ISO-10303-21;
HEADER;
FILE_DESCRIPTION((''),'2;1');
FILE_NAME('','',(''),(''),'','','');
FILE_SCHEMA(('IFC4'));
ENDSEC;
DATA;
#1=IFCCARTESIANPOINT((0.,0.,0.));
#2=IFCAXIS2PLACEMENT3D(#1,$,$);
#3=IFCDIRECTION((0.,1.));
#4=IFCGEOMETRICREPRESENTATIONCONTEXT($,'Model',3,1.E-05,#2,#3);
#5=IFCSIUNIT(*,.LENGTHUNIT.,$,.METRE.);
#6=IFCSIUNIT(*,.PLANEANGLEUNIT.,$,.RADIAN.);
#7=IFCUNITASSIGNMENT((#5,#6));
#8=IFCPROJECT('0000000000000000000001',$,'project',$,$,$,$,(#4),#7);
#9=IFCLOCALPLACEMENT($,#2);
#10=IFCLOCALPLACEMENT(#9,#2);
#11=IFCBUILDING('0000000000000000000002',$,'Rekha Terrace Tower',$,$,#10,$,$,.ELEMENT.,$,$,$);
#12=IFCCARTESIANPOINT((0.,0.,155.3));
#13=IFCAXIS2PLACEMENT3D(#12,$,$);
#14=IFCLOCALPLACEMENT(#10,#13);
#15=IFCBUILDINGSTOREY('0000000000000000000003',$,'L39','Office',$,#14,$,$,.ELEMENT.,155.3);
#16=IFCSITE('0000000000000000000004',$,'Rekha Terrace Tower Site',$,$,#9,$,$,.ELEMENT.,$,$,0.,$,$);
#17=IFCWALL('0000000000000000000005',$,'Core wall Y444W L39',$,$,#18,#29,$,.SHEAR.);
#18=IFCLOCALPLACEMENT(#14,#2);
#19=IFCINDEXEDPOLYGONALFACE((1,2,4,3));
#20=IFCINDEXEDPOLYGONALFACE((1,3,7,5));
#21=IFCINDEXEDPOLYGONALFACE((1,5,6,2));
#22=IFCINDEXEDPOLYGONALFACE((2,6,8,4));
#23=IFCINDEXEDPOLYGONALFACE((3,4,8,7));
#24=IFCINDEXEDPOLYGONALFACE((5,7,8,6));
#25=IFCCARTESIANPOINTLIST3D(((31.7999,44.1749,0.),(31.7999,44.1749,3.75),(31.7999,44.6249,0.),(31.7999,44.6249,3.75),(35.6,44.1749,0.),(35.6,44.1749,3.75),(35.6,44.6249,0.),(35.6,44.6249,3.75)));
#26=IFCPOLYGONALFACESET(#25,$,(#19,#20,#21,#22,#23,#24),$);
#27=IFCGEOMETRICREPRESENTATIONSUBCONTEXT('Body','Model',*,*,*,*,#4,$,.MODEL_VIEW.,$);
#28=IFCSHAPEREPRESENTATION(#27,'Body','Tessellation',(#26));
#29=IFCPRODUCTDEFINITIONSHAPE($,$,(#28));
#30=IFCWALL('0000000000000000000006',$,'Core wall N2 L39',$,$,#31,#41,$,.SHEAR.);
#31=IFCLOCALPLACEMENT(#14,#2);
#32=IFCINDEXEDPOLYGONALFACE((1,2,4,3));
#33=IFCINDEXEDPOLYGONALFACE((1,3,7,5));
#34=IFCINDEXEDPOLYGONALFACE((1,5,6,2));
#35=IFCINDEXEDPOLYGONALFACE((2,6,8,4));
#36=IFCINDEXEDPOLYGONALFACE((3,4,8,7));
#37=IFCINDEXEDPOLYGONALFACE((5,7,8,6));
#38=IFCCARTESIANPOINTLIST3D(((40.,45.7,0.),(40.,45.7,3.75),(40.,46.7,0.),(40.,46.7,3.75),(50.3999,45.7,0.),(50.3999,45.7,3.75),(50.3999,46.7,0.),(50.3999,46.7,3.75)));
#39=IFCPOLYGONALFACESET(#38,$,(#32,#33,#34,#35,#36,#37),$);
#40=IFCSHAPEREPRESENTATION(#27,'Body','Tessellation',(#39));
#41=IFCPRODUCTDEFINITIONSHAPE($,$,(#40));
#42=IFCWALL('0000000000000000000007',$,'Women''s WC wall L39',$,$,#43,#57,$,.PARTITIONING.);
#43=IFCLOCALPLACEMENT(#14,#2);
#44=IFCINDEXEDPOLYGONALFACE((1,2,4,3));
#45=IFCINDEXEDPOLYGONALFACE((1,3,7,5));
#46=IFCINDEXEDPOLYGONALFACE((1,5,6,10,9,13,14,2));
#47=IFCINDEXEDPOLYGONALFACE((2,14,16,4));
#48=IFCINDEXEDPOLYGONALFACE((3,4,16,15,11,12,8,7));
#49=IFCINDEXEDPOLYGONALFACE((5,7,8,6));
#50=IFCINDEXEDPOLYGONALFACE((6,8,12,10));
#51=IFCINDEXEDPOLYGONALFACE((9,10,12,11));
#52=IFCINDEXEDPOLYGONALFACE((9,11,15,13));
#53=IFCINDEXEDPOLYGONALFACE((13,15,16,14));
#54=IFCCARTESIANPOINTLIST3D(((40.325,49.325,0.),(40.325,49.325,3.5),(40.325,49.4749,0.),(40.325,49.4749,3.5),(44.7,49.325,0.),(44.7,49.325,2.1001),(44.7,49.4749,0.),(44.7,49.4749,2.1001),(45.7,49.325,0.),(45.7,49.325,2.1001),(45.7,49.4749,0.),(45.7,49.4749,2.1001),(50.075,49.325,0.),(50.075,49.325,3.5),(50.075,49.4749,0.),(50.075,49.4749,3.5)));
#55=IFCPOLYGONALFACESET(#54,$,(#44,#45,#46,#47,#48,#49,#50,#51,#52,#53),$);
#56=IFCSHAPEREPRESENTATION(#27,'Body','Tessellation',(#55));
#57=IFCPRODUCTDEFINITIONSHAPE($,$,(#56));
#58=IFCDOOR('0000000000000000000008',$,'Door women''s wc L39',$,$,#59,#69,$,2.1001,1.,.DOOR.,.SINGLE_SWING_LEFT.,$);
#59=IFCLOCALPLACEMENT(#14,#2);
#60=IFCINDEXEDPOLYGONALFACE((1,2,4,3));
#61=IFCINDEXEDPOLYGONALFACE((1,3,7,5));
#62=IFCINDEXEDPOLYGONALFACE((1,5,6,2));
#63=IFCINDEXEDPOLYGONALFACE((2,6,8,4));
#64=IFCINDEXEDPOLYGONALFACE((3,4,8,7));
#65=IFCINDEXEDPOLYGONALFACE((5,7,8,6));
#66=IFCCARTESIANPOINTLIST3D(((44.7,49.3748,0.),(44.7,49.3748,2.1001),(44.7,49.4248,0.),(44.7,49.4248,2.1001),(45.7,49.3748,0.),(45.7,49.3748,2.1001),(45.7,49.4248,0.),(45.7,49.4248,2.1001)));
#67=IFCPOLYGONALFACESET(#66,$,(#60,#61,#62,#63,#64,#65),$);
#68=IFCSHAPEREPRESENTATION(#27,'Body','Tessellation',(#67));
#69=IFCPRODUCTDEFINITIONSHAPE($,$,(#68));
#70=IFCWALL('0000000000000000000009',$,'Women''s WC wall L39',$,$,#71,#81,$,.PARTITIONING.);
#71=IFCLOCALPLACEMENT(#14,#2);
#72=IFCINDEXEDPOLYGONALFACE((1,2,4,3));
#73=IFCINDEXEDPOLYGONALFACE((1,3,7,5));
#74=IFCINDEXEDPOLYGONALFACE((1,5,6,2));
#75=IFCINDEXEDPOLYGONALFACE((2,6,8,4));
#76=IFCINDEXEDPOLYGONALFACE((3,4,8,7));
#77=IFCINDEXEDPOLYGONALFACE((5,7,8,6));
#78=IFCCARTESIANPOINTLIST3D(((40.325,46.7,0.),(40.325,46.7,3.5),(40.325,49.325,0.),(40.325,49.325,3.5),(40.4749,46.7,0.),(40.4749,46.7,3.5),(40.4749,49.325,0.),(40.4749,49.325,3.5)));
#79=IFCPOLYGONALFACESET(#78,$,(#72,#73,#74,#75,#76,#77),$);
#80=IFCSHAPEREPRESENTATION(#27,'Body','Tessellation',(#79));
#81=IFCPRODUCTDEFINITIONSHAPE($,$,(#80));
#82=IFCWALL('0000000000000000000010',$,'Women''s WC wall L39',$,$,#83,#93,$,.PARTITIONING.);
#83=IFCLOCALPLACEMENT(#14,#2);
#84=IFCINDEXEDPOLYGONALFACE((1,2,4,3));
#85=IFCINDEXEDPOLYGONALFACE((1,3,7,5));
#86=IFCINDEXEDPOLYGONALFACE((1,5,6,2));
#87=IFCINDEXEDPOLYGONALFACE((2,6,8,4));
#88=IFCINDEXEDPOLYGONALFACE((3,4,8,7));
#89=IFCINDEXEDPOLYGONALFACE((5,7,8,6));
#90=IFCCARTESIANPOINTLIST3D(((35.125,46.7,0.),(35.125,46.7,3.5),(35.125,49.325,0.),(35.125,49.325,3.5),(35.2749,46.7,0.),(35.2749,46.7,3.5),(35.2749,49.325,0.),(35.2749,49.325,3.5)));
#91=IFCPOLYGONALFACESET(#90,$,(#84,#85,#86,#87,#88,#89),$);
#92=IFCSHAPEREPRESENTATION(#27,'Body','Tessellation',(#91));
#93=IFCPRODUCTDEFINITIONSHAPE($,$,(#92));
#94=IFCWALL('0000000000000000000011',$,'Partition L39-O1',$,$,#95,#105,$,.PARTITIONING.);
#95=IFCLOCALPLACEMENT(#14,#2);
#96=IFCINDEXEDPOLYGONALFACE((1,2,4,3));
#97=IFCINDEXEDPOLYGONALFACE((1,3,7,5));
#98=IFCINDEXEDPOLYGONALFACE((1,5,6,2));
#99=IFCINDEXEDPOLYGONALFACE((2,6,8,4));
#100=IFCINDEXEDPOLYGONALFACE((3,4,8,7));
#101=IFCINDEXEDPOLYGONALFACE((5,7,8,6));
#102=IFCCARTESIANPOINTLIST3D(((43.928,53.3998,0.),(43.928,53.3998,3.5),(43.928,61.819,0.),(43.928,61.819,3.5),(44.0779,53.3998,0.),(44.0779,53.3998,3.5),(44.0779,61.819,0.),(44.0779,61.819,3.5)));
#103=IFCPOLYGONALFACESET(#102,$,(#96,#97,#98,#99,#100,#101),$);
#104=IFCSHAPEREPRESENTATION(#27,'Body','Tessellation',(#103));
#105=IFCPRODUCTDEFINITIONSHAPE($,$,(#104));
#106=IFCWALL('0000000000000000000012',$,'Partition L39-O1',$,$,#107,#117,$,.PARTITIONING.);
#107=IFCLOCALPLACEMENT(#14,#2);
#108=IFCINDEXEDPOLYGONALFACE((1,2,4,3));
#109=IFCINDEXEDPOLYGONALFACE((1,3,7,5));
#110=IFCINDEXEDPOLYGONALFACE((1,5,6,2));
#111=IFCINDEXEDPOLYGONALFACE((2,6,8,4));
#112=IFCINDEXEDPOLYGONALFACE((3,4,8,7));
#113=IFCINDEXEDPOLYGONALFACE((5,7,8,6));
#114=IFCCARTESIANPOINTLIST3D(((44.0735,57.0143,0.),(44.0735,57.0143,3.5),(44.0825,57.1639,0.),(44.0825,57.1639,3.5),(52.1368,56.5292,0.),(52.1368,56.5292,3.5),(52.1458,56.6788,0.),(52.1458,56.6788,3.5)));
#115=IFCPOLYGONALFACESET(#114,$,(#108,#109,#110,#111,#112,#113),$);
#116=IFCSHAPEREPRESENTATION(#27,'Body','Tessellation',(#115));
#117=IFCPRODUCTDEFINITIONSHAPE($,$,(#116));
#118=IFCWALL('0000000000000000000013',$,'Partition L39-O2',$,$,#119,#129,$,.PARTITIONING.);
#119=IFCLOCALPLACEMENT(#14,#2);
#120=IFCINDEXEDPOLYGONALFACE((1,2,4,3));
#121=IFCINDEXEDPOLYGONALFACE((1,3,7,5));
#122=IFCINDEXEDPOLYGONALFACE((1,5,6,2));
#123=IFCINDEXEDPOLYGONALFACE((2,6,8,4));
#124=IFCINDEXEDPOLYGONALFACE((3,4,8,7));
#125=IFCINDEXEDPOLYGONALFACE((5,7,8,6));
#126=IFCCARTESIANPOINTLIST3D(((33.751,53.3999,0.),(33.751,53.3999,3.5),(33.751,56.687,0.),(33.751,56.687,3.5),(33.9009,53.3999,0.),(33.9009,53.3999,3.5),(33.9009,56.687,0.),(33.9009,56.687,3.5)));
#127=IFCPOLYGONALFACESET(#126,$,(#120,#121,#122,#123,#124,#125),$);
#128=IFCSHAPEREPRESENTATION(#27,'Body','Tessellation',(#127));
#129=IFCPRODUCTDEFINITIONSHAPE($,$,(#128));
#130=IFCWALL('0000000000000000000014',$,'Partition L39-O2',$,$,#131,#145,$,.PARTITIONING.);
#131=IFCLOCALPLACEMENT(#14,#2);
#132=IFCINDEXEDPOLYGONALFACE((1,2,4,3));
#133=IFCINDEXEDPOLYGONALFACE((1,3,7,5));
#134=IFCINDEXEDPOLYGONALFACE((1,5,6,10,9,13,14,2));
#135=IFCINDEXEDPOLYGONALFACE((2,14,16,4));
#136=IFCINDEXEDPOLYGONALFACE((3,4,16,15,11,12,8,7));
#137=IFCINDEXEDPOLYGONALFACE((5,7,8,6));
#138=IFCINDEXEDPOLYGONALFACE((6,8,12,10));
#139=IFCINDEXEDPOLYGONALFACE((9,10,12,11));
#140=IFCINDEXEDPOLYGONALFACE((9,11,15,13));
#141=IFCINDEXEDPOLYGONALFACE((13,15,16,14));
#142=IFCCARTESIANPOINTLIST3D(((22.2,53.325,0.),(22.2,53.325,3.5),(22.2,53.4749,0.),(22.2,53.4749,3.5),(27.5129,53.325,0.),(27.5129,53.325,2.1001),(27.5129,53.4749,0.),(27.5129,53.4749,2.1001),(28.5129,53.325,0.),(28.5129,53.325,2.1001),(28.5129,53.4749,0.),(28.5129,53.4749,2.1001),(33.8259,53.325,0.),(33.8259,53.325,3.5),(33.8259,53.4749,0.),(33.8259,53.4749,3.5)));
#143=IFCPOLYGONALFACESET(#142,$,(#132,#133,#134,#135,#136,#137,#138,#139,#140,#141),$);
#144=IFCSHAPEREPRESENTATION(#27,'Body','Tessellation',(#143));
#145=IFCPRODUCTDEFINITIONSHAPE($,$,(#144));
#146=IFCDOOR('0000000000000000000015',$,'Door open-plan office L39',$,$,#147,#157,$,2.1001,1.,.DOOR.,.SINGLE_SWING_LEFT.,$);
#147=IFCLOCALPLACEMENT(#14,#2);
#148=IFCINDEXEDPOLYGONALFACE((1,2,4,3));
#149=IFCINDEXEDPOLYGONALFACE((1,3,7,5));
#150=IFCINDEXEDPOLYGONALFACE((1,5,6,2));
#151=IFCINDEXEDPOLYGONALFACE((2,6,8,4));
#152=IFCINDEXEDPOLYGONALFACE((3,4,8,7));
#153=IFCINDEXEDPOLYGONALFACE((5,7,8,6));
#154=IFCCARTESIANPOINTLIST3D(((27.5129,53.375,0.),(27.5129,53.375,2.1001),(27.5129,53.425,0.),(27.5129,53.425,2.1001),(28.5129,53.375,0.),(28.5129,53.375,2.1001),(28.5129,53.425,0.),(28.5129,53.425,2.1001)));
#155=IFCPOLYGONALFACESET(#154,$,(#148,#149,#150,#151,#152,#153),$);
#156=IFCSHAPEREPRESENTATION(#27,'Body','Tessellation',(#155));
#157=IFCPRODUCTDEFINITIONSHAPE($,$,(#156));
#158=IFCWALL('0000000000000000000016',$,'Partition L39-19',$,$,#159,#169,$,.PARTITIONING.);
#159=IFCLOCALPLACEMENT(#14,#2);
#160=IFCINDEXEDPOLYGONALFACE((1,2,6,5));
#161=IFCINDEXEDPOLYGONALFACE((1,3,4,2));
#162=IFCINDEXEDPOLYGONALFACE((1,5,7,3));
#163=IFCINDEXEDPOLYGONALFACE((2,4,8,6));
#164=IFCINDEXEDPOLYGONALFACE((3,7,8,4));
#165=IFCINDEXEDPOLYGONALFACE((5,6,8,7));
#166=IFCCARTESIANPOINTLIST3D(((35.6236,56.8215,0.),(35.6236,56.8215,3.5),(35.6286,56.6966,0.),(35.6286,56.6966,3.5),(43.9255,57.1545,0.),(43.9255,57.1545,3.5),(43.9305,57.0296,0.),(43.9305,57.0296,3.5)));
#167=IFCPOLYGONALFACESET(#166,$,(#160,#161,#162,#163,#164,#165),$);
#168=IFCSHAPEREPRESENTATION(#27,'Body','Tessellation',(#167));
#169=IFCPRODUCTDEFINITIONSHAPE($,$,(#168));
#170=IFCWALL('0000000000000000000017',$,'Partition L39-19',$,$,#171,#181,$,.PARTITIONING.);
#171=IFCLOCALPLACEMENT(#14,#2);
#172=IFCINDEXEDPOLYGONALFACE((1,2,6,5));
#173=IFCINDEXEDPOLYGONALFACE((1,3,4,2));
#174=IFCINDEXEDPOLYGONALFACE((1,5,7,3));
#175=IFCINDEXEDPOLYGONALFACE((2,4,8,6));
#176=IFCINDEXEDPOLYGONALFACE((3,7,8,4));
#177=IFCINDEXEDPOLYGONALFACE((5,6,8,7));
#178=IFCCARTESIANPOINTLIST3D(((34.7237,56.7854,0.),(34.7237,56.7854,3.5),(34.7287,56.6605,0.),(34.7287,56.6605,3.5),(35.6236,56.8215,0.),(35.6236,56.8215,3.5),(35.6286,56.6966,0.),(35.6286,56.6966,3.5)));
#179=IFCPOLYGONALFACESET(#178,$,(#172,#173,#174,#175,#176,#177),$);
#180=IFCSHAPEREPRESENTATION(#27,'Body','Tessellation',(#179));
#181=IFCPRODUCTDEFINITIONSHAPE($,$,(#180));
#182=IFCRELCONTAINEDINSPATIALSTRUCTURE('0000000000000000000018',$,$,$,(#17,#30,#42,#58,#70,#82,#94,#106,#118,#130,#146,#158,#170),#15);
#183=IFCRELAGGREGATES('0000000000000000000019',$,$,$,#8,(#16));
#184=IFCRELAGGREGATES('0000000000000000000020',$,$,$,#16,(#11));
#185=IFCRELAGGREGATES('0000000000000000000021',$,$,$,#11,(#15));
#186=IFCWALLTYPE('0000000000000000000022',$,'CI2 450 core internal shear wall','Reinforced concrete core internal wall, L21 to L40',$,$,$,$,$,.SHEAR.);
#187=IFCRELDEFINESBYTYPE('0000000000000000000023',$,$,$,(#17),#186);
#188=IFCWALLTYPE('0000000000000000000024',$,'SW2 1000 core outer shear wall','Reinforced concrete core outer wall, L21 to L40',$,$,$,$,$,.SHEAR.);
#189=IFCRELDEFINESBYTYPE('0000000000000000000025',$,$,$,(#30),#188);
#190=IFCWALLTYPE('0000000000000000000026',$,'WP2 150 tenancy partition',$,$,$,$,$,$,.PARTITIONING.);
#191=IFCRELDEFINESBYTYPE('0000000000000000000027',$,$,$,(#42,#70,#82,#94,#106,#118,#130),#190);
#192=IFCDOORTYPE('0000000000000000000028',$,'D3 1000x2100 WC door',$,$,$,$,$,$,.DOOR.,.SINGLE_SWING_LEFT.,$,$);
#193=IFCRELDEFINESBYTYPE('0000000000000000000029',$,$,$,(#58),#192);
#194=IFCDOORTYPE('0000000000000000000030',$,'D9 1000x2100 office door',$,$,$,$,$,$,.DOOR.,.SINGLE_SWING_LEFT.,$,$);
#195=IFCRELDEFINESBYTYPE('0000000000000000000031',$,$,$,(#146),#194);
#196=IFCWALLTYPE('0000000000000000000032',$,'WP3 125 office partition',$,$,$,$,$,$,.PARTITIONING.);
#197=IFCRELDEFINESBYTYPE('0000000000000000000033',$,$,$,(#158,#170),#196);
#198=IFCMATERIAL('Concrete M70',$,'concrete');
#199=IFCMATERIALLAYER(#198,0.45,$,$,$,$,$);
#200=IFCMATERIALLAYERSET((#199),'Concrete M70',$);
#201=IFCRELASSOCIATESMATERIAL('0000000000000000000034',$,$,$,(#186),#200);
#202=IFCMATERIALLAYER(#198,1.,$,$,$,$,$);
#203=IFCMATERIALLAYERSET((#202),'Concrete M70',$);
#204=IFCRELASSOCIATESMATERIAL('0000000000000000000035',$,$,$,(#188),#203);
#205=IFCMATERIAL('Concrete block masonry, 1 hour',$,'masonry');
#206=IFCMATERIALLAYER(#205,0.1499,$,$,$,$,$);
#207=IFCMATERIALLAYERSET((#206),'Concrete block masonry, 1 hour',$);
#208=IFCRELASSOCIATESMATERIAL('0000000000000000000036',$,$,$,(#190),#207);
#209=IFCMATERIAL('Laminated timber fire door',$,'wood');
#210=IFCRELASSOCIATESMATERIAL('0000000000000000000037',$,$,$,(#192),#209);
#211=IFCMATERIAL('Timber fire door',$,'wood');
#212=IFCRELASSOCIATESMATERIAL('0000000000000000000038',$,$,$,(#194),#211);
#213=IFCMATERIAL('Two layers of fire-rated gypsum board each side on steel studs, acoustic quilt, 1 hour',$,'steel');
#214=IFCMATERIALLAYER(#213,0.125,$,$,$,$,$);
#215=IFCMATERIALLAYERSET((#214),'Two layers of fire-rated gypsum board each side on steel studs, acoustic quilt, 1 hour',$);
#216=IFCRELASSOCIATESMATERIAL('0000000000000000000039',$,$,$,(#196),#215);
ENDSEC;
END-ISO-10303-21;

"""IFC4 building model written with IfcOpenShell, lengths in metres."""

from ifc_helpers import new_model, si_unit, direction, frame, frame_2d, origin, place, context, subcontext, project, spatial, rectangle, extrude, material, layer, layer_set, type_object, element, fill, save


model = new_model("IFC4")

# Units and contexts
model_context = context("Model", 3, precision=1e-05, world=origin(), true_north=direction((0.0, 1.0)))
body_context = subcontext(model_context, "Body", "Model", "MODEL_VIEW")
ifc_project = project(units=[si_unit("LENGTHUNIT", "METRE"), si_unit("PLANEANGLEUNIT", "RADIAN")], contexts=[model_context])

# Site, building, storey
site_placement = place(None, origin())
site = spatial("IfcSite", under=ifc_project, at=site_placement, Name="Rekha Terrace Tower Site", CompositionType="ELEMENT", RefElevation=0.0)
building_placement = place(site_placement, origin())
building = spatial("IfcBuilding", under=site, at=building_placement, Name="Rekha Terrace Tower", CompositionType="ELEMENT")
storey_placement = place(building_placement, frame((0.0, 0.0, 155.3)))
storey = spatial("IfcBuildingStorey", under=building, at=storey_placement, Name="L39", Description="Office", CompositionType="ELEMENT", Elevation=155.3)

# Shared definitions
ifc_material_1 = material(Name="Concrete M70", Category="concrete")

# Walls
ifc_layer_1 = layer(ifc_material_1, 0.45)
ifc_layer_set_1 = layer_set([ifc_layer_1], Name="Concrete M70")
wall_type_1 = type_object("IfcWallType", Name="CI2 450 core internal shear wall", Description="Reinforced concrete core internal wall, L21 to L40", PredefinedType="SHEAR", material=ifc_layer_set_1)
wall_1_placement = place(storey_placement, frame((31.8, 44.3999, 0.0), z_axis=(0.0, 0.0, 1.0), x_axis=(1.0, 0.0, 0.0)))
element("IfcWall", 1, at=wall_1_placement, inside=storey, type_object=wall_type_1, Name="Core wall Y444W L39", PredefinedType="SHEAR", context=body_context, shape_type="SweptSolid", body=[
    extrude(rectangle(XDim=3.8, YDim=0.45, at=frame_2d((1.8999, 0.0))), origin(), (0.0, 0.0, 1.0), 3.75),
])
ifc_layer_2 = layer(ifc_material_1, 1.0)
ifc_layer_set_2 = layer_set([ifc_layer_2], Name="Concrete M70")
wall_type_2 = type_object("IfcWallType", Name="SW2 1000 core outer shear wall", Description="Reinforced concrete core outer wall, L21 to L40", PredefinedType="SHEAR", material=ifc_layer_set_2)
wall_2_placement = place(storey_placement, frame((40.0, 46.2, 0.0), z_axis=(0.0, 0.0, 1.0), x_axis=(1.0, 0.0, 0.0)))
element("IfcWall", 2, at=wall_2_placement, inside=storey, type_object=wall_type_2, Name="Core wall N2 L39", PredefinedType="SHEAR", context=body_context, shape_type="SweptSolid", body=[
    extrude(rectangle(XDim=10.3999, YDim=1.0, at=frame_2d((5.2, 0.0))), origin(), (0.0, 0.0, 1.0), 3.75),
])

# Wall, opening, door
ifc_material_2 = material(Name="Concrete block masonry, 1 hour", Category="masonry")
ifc_layer_3 = layer(ifc_material_2, 0.1499)
ifc_layer_set_3 = layer_set([ifc_layer_3], Name="Concrete block masonry, 1 hour")
wall_type_3 = type_object("IfcWallType", Name="WP2 150 tenancy partition", PredefinedType="PARTITIONING", material=ifc_layer_set_3)
wall_3_placement = place(storey_placement, frame((40.325, 49.3999, 0.0), z_axis=(0.0, 0.0, 1.0), x_axis=(1.0, 0.0, 0.0)))
wall_3 = element("IfcWall", 3, at=wall_3_placement, inside=storey, type_object=wall_type_3, Name="Women's WC wall L39", PredefinedType="PARTITIONING", context=body_context, shape_type="SweptSolid", body=[
    extrude(rectangle(XDim=9.75, YDim=0.1499, at=frame_2d((4.875, 0.0))), origin(), (0.0, 0.0, 1.0), 3.5),
])
opening_1_placement = place(wall_3_placement, frame((4.375, 0.0, 0.0)))
opening_1 = element("IfcOpeningElement", 4, at=opening_1_placement, cuts=wall_3, PredefinedType="OPENING", context=body_context, shape_type="SweptSolid", body=[
    extrude(rectangle(XDim=1.0, YDim=2.1001, at=frame_2d((0.5, 1.05))), frame((0.0, 0.085, 0.0), z_axis=(0.0, -1.0, 0.0), x_axis=(1.0, 0.0, 0.0)), (0.0, 0.0, 1.0), 0.1699),
])
ifc_material_3 = material(Name="Laminated timber fire door", Category="wood")
door_type_1 = type_object("IfcDoorType", Name="D3 1000x2100 WC door", OperationType="SINGLE_SWING_LEFT", PredefinedType="DOOR", material=ifc_material_3)
door_1_placement = place(opening_1_placement, origin())
door_1 = element("IfcDoor", 5, at=door_1_placement, inside=storey, type_object=door_type_1, Name="Door women's wc L39", OperationType="SINGLE_SWING_LEFT", OverallHeight=2.1001, OverallWidth=1.0, PredefinedType="DOOR", context=body_context, shape_type="SweptSolid", body=[
    extrude(rectangle(XDim=1.0, YDim=2.1001, at=frame_2d((0.5, 1.05))), frame((0.0, 0.0249, 0.0), z_axis=(0.0, -1.0, 0.0), x_axis=(1.0, 0.0, 0.0)), (0.0, 0.0, 1.0), 0.05),
])
fill(opening_1, door_1)

# Walls
for number, where, z_axis, x_axis, name in (
    (6, (40.3999, 46.7, 0.0), (0.0, 0.0, 1.0), (0.0, 1.0, 0.0), "Women's WC wall L39"),
    (7, (35.2, 46.7, 0.0), (0.0, 0.0, 1.0), (0.0, 1.0, 0.0), "Women's WC wall L39"),
):
    element("IfcWall", number, at=place(storey_placement, frame(where, z_axis=z_axis, x_axis=x_axis)), inside=storey, type_object=wall_type_3, Name=name, PredefinedType="PARTITIONING", context=body_context, shape_type="SweptSolid", body=[
        extrude(rectangle(XDim=2.625, YDim=0.1499, at=frame_2d((1.3125, 0.0))), origin(), (0.0, 0.0, 1.0), 3.5),
    ])
wall_4_placement = place(storey_placement, frame((44.0029, 53.3999, 0.0), z_axis=(0.0, 0.0, 1.0), x_axis=(0.0, 1.0, 0.0)))
element("IfcWall", 8, at=wall_4_placement, inside=storey, type_object=wall_type_3, Name="Partition L39-O1", PredefinedType="PARTITIONING", context=body_context, shape_type="SweptSolid", body=[
    extrude(rectangle(XDim=8.4192, YDim=0.1499, at=frame_2d((4.2095, 0.0))), origin(), (0.0, 0.0, 1.0), 3.5),
])
wall_5_placement = place(storey_placement, frame((44.0779, 57.0891, 0.0), z_axis=(0.0, 0.0, 1.0), x_axis=(0.998195, -0.060054, 0.0)))
element("IfcWall", 9, at=wall_5_placement, inside=storey, type_object=wall_type_3, Name="Partition L39-O1", PredefinedType="PARTITIONING", context=body_context, shape_type="SweptSolid", body=[
    extrude(rectangle(XDim=8.0779, YDim=0.1499, at=frame_2d((4.0391, 0.0))), origin(), (0.0, 0.0, 1.0), 3.5),
])
wall_6_placement = place(storey_placement, frame((33.8259, 56.687, 0.0), z_axis=(0.0, 0.0, 1.0), x_axis=(0.0, -1.0, 0.0)))
element("IfcWall", 10, at=wall_6_placement, inside=storey, type_object=wall_type_3, Name="Partition L39-O2", PredefinedType="PARTITIONING", context=body_context, shape_type="SweptSolid", body=[
    extrude(rectangle(XDim=3.2871, YDim=0.1499, at=frame_2d((1.6436, 0.0))), origin(), (0.0, 0.0, 1.0), 3.5),
])

# Wall, opening, door
wall_7_placement = place(storey_placement, frame((33.8259, 53.3999, 0.0), z_axis=(0.0, 0.0, 1.0), x_axis=(-1.0, 0.0, 0.0)))
wall_7 = element("IfcWall", 11, at=wall_7_placement, inside=storey, type_object=wall_type_3, Name="Partition L39-O2", PredefinedType="PARTITIONING", context=body_context, shape_type="SweptSolid", body=[
    extrude(rectangle(XDim=11.626, YDim=0.1499, at=frame_2d((5.813, 0.0))), origin(), (0.0, 0.0, 1.0), 3.5),
])
opening_2_placement = place(wall_7_placement, frame((5.313, 0.0, 0.0)))
opening_2 = element("IfcOpeningElement", 12, at=opening_2_placement, cuts=wall_7, PredefinedType="OPENING", context=body_context, shape_type="SweptSolid", body=[
    extrude(rectangle(XDim=1.0, YDim=2.1001, at=frame_2d((0.5, 1.05))), frame((0.0, 0.085, 0.0), z_axis=(0.0, -1.0, 0.0), x_axis=(1.0, 0.0, 0.0)), (0.0, 0.0, 1.0), 0.1699),
])
ifc_material_4 = material(Name="Timber fire door", Category="wood")
door_type_2 = type_object("IfcDoorType", Name="D9 1000x2100 office door", OperationType="SINGLE_SWING_LEFT", PredefinedType="DOOR", material=ifc_material_4)
door_2_placement = place(opening_2_placement, origin())
door_2 = element("IfcDoor", 13, at=door_2_placement, inside=storey, type_object=door_type_2, Name="Door open-plan office L39", OperationType="SINGLE_SWING_LEFT", OverallHeight=2.1001, OverallWidth=1.0, PredefinedType="DOOR", context=body_context, shape_type="SweptSolid", body=[
    extrude(rectangle(XDim=1.0, YDim=2.1001, at=frame_2d((0.5, 1.05))), frame((0.0, 0.0249, 0.0), z_axis=(0.0, -1.0, 0.0), x_axis=(1.0, 0.0, 0.0)), (0.0, 0.0, 1.0), 0.05),
])
fill(opening_2, door_2)

# Walls
ifc_material_5 = material(Name="Two layers of fire-rated gypsum board each side on steel studs, acoustic quilt, 1 hour", Category="steel")
ifc_layer_4 = layer(ifc_material_5, 0.125)
ifc_layer_set_4 = layer_set([ifc_layer_4], Name="Two layers of fire-rated gypsum board each side on steel studs, acoustic quilt, 1 hour")
wall_type_4 = type_object("IfcWallType", Name="WP3 125 office partition", PredefinedType="PARTITIONING", material=ifc_layer_set_4)
wall_8_placement = place(storey_placement, frame((43.928, 57.092, 0.0), z_axis=(0.0, 0.0, 1.0), x_axis=(-0.999196, -0.04008, 0.0)))
element("IfcWall", 14, at=wall_8_placement, inside=storey, type_object=wall_type_4, Name="Partition L39-19", PredefinedType="PARTITIONING", context=body_context, shape_type="SweptSolid", body=[
    extrude(rectangle(XDim=8.3086, YDim=0.125, at=frame_2d((4.1543, 0.0))), origin(), (0.0, 0.0, 1.0), 3.5),
])
wall_9_placement = place(storey_placement, frame((35.626, 56.759, 0.0), z_axis=(0.0, 0.0, 1.0), x_axis=(-0.999195, -0.04012, 0.0)))
element("IfcWall", 15, at=wall_9_placement, inside=storey, type_object=wall_type_4, Name="Partition L39-19", PredefinedType="PARTITIONING", context=body_context, shape_type="SweptSolid", body=[
    extrude(rectangle(XDim=0.9006, YDim=0.125, at=frame_2d((0.4502, 0.0))), origin(), (0.0, 0.0, 1.0), 3.5),
])

save(model, "model.ifc")
